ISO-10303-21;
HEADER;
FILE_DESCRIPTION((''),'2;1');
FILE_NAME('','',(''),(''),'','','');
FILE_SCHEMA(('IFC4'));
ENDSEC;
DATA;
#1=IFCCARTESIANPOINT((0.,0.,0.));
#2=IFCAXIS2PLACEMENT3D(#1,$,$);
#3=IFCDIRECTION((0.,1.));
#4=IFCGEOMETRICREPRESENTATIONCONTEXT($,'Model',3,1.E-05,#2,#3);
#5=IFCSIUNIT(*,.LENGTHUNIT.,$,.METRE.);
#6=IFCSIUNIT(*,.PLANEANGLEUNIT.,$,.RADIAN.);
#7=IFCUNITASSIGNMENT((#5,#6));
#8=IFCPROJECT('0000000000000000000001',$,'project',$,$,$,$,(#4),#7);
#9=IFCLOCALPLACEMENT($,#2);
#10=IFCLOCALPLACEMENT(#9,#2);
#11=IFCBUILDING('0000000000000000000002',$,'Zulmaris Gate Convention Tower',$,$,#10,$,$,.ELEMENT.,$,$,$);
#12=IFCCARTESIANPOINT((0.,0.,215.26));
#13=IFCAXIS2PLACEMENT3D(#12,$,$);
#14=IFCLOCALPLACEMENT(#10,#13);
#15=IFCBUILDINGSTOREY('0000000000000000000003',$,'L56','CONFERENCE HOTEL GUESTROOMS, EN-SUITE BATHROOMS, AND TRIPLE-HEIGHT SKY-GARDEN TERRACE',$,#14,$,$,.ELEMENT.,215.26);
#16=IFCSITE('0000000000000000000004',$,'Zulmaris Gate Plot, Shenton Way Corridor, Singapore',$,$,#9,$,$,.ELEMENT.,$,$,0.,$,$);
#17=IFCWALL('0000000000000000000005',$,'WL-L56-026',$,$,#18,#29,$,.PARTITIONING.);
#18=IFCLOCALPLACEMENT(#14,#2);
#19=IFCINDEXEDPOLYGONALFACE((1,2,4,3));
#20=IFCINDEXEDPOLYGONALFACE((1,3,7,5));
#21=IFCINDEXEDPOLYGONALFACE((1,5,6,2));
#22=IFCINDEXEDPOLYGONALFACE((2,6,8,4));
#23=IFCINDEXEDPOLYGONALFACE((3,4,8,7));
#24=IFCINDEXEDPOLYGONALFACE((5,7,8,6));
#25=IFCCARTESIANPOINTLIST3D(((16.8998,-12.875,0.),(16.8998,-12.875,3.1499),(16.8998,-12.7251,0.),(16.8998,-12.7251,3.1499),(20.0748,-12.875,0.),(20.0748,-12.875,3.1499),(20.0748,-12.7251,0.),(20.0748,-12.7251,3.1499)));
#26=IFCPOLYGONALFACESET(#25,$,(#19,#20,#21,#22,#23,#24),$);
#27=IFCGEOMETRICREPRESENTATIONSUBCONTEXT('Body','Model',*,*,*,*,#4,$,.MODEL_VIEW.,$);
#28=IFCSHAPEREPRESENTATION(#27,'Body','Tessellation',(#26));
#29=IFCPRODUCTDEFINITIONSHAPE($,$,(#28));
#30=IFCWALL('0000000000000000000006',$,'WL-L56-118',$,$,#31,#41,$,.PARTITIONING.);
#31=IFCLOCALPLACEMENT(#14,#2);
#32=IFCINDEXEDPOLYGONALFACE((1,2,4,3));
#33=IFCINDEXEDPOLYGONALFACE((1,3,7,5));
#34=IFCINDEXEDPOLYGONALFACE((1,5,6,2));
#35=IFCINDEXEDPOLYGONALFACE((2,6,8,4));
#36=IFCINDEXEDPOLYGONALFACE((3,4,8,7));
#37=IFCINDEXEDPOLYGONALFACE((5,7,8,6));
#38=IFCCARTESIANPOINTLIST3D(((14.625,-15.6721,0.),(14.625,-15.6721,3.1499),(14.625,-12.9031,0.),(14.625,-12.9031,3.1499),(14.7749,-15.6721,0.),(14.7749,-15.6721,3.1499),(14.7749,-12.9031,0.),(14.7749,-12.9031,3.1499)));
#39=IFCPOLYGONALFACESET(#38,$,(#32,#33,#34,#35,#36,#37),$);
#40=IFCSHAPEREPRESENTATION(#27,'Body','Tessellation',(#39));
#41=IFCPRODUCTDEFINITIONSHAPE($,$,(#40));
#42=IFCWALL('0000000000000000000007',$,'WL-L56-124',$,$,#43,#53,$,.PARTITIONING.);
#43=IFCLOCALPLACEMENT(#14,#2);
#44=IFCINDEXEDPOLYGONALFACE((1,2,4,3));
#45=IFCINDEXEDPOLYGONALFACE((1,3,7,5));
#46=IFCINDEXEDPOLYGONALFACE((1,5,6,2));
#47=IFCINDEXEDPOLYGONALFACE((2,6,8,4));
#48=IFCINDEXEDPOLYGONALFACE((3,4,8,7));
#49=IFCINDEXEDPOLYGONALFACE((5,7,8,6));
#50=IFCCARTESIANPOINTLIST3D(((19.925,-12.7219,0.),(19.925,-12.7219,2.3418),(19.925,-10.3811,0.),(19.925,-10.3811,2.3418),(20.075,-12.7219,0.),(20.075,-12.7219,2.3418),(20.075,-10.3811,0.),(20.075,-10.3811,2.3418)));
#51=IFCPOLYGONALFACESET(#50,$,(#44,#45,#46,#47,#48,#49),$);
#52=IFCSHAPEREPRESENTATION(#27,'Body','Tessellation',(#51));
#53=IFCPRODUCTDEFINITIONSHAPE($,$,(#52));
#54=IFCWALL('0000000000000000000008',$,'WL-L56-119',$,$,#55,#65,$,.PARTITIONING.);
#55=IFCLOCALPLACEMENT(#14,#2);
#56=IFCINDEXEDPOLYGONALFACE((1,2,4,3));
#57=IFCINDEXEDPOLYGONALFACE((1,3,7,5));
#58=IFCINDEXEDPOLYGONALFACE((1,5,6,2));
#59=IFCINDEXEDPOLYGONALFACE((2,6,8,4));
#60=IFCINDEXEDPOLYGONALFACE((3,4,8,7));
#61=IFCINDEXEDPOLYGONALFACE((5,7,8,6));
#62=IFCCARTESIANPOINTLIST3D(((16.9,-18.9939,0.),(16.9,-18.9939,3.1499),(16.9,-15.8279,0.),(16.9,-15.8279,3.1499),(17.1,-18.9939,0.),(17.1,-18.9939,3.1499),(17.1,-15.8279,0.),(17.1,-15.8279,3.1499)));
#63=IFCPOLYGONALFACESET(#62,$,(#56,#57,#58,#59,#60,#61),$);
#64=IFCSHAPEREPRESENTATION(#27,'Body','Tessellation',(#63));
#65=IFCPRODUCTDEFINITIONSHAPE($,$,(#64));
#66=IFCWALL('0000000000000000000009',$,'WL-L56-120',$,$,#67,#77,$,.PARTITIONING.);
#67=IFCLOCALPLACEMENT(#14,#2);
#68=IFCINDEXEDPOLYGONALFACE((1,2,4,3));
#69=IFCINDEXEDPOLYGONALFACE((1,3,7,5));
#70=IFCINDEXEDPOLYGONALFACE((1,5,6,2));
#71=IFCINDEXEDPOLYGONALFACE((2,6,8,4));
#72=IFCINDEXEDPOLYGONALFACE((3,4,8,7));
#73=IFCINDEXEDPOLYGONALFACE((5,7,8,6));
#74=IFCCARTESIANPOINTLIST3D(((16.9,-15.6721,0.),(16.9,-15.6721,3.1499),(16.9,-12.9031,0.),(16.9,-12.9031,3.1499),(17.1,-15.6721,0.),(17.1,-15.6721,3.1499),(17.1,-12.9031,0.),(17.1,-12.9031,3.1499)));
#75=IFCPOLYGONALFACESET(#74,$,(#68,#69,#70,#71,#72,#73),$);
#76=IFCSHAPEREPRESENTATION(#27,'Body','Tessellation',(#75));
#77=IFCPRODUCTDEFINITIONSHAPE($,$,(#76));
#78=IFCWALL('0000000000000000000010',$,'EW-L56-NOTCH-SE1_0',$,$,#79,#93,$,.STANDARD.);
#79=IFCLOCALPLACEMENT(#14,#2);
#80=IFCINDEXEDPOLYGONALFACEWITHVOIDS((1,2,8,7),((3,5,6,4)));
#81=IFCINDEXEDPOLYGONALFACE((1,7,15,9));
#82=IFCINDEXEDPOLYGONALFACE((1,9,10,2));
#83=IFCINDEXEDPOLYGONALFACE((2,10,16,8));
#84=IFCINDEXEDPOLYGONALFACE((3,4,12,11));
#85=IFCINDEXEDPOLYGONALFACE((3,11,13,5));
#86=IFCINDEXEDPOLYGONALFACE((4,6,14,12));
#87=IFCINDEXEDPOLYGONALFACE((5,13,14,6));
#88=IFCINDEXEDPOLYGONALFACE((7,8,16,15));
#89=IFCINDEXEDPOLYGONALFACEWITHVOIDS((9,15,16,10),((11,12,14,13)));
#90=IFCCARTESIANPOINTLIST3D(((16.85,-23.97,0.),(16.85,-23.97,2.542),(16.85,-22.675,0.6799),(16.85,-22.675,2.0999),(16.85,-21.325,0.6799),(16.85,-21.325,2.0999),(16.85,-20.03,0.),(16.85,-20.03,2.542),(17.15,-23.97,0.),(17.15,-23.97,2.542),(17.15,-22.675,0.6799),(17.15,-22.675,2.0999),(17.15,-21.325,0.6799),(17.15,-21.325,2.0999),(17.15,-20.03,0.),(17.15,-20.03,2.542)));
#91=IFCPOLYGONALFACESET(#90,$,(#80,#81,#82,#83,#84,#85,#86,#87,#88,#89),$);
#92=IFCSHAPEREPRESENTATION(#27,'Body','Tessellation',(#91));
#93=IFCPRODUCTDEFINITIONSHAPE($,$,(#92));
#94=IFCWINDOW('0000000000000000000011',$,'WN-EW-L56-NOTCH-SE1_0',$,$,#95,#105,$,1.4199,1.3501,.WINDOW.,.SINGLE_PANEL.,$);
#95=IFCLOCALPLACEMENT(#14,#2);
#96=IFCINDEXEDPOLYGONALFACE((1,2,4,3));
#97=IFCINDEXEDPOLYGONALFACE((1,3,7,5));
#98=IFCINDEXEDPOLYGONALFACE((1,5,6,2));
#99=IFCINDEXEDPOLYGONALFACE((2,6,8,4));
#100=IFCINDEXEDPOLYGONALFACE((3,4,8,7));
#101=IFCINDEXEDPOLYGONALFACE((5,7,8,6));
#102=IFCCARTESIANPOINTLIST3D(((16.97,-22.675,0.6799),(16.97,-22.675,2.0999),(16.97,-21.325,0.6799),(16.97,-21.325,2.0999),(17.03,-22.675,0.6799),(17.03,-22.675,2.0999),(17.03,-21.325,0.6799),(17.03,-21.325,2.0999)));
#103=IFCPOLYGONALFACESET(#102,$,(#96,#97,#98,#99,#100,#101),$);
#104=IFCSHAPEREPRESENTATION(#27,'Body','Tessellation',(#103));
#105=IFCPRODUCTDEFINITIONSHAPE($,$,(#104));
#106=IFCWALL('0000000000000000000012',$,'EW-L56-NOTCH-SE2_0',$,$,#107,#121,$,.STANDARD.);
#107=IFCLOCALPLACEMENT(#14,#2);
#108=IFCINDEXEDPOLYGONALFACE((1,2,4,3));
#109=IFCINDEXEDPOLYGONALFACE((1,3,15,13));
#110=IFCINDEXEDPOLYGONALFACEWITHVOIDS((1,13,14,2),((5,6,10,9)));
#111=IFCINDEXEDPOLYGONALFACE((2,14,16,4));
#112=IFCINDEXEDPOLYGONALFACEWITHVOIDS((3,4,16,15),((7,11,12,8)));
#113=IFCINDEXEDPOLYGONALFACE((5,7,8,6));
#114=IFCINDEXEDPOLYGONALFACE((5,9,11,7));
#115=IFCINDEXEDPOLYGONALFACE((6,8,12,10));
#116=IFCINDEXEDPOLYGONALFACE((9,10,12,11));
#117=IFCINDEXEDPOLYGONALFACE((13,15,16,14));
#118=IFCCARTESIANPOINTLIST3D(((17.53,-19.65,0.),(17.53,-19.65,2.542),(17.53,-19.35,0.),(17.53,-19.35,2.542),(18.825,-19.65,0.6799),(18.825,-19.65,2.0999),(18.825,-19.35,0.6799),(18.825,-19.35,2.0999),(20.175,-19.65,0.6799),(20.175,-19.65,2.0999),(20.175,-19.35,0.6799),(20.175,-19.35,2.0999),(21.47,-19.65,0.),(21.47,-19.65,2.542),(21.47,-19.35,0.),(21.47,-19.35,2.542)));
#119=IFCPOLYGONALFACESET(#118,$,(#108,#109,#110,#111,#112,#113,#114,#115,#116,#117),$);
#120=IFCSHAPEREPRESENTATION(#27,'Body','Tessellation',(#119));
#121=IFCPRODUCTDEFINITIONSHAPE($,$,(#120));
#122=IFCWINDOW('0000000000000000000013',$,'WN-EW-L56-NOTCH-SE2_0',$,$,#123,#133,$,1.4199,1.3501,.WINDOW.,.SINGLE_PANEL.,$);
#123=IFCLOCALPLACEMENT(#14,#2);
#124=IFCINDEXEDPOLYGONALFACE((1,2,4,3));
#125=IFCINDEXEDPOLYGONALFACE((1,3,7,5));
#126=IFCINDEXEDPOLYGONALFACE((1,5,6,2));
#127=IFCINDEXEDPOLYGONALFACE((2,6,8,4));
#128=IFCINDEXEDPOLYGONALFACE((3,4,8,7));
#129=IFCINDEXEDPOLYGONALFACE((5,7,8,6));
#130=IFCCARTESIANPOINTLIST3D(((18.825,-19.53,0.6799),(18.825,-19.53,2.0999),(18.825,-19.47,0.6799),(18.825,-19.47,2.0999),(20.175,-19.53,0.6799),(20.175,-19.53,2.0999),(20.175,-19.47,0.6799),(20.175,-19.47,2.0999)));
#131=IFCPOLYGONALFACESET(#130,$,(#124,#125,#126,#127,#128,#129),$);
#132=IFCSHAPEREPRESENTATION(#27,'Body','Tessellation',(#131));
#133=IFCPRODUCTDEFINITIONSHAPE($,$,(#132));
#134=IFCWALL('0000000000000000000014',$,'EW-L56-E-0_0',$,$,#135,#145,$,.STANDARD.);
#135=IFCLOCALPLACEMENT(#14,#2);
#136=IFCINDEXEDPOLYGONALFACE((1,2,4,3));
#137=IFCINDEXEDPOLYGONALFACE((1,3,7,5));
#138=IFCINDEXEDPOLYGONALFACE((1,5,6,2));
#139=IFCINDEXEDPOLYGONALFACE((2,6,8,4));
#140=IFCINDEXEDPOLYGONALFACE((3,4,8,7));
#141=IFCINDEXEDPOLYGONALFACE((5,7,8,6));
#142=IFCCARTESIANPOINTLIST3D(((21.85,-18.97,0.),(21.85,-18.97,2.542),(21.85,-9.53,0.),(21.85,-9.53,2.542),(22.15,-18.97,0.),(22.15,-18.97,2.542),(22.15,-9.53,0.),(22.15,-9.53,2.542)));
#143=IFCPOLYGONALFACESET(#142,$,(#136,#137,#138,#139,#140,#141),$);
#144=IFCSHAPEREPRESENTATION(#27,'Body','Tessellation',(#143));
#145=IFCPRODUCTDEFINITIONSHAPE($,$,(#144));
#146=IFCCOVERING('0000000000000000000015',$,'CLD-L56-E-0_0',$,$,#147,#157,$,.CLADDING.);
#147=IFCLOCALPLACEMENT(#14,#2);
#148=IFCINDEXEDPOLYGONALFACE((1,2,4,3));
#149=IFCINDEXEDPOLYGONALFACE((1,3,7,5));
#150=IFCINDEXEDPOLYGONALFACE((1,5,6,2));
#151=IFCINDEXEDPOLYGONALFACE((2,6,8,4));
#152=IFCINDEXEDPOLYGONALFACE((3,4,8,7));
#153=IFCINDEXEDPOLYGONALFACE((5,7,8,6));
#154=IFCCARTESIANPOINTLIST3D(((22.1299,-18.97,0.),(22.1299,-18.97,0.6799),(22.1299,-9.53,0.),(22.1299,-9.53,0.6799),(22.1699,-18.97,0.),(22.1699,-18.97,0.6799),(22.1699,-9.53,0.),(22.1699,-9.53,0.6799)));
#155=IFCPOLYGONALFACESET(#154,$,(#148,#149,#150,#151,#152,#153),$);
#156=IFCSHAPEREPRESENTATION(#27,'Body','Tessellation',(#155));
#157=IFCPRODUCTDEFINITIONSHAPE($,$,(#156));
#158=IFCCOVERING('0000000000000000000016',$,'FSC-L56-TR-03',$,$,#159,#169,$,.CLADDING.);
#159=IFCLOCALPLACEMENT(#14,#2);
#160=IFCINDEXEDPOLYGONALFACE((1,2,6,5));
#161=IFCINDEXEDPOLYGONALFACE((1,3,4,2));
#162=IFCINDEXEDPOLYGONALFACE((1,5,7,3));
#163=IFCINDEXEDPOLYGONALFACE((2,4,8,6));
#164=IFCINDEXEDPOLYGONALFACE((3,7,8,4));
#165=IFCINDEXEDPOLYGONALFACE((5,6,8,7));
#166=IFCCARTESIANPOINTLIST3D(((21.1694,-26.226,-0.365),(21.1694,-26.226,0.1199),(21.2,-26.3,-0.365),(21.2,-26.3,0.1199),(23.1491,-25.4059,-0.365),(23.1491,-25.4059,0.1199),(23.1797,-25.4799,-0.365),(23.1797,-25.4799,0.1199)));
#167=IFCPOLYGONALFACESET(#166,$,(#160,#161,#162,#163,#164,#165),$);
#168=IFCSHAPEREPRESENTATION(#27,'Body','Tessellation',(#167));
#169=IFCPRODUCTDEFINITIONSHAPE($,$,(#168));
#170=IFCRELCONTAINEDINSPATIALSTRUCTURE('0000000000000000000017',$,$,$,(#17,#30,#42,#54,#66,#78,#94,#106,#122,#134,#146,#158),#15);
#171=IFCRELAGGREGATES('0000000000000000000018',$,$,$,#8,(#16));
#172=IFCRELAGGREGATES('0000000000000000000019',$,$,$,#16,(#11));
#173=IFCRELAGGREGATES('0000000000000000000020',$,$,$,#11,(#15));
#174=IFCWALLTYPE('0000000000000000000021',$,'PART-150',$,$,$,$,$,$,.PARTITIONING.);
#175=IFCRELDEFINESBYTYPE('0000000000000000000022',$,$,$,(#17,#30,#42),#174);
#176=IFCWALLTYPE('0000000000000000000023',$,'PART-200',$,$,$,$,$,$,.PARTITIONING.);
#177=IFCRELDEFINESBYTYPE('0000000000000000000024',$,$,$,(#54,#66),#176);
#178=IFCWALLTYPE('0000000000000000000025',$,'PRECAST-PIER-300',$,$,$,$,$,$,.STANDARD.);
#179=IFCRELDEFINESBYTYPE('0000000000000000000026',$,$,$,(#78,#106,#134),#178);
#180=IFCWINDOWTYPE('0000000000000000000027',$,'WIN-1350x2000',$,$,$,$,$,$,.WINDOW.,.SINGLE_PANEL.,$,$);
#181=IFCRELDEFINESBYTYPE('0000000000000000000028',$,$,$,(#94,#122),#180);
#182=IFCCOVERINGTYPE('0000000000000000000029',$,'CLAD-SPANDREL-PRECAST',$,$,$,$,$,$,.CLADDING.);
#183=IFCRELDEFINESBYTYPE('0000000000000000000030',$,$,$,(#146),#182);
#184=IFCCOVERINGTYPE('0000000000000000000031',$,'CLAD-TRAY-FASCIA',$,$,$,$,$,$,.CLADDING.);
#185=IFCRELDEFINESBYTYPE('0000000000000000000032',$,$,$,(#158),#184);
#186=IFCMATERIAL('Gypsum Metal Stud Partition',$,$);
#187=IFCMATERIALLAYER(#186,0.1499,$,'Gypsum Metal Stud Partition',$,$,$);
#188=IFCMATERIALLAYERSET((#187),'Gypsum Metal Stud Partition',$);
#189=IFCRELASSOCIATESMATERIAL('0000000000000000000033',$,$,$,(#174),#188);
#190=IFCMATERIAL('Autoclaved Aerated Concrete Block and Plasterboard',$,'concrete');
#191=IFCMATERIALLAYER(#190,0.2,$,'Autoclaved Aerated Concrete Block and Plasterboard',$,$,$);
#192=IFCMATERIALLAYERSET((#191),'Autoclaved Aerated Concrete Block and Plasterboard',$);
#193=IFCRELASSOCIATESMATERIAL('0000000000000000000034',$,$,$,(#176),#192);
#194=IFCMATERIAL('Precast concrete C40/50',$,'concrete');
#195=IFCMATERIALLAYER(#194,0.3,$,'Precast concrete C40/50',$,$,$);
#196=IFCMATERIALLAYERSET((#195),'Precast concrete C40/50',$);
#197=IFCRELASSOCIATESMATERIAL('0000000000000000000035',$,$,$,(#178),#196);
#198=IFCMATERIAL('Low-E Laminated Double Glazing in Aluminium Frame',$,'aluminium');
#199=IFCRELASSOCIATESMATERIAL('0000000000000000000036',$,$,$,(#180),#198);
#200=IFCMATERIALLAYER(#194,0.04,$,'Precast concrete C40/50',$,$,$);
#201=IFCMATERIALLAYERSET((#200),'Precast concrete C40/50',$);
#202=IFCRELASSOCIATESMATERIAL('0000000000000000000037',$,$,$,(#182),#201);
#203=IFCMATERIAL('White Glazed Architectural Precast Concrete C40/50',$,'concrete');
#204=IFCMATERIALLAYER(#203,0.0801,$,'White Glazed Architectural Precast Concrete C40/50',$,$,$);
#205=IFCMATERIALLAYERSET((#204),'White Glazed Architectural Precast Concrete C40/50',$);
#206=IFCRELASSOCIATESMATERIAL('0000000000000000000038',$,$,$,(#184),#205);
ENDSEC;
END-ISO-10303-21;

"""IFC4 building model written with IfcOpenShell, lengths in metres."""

from ifc_helpers import new_model, si_unit, direction, frame, frame_2d, origin, place, context, subcontext, project, spatial, rectangle, extrude, material, layer, layer_set, type_object, element, fill, save


model = new_model("IFC4")

# Units and contexts
model_context = context("Model", 3, precision=1e-05, world=origin(), true_north=direction((0.0, 1.0)))
body_context = subcontext(model_context, "Body", "Model", "MODEL_VIEW")
ifc_project = project(units=[si_unit("LENGTHUNIT", "METRE"), si_unit("PLANEANGLEUNIT", "RADIAN")], contexts=[model_context])

# Site, building, storey
site_placement = place(None, origin())
site = spatial("IfcSite", under=ifc_project, at=site_placement, Name="Zulmaris Gate Plot, Shenton Way Corridor, Singapore", CompositionType="ELEMENT", RefElevation=0.0)
building_placement = place(site_placement, origin())
building = spatial("IfcBuilding", under=site, at=building_placement, Name="Zulmaris Gate Convention Tower", CompositionType="ELEMENT")
storey_placement = place(building_placement, frame((0.0, 0.0, 215.26)))
storey = spatial("IfcBuildingStorey", under=building, at=storey_placement, Name="L56", Description="CONFERENCE HOTEL GUESTROOMS, EN-SUITE BATHROOMS, AND TRIPLE-HEIGHT SKY-GARDEN TERRACE", CompositionType="ELEMENT", Elevation=215.26)

# Walls
ifc_material_1 = material(Name="Gypsum Metal Stud Partition")
ifc_layer_1 = layer(ifc_material_1, 0.1499, Name="Gypsum Metal Stud Partition")
ifc_layer_set_1 = layer_set([ifc_layer_1], Name="Gypsum Metal Stud Partition")
wall_type_1 = type_object("IfcWallType", Name="PART-150", PredefinedType="PARTITIONING", material=ifc_layer_set_1)
wall_1_placement = place(storey_placement, frame((16.8999, -12.8, 0.0), z_axis=(0.0, 0.0, 1.0), x_axis=(1.0, 0.0, 0.0)))
element("IfcWall", 1, at=wall_1_placement, inside=storey, type_object=wall_type_1, Name="WL-L56-026", PredefinedType="PARTITIONING", context=body_context, shape_type="SweptSolid", body=[
    extrude(rectangle(XDim=3.175, YDim=0.1499, at=frame_2d((1.5874, 0.0))), origin(), (0.0, 0.0, 1.0), 3.1499),
])
wall_2_placement = place(storey_placement, frame((14.7, -15.6721, 0.0), z_axis=(0.0, 0.0, 1.0), x_axis=(0.0, 1.0, 0.0)))
element("IfcWall", 2, at=wall_2_placement, inside=storey, type_object=wall_type_1, Name="WL-L56-118", PredefinedType="PARTITIONING", context=body_context, shape_type="SweptSolid", body=[
    extrude(rectangle(XDim=2.769, YDim=0.1499, at=frame_2d((1.3845, 0.0))), origin(), (0.0, 0.0, 1.0), 3.1499),
])
wall_3_placement = place(storey_placement, frame((20.0, -12.7219, 0.0), z_axis=(0.0, 0.0, 1.0), x_axis=(0.0, 1.0, 0.0)))
element("IfcWall", 3, at=wall_3_placement, inside=storey, type_object=wall_type_1, Name="WL-L56-124", PredefinedType="PARTITIONING", context=body_context, shape_type="SweptSolid", body=[
    extrude(rectangle(XDim=2.3408, YDim=0.1499, at=frame_2d((1.1704, 0.0))), origin(), (0.0, 0.0, 1.0), 2.3418),
])
ifc_material_2 = material(Name="Autoclaved Aerated Concrete Block and Plasterboard", Category="concrete")
ifc_layer_2 = layer(ifc_material_2, 0.2, Name="Autoclaved Aerated Concrete Block and Plasterboard")
ifc_layer_set_2 = layer_set([ifc_layer_2], Name="Autoclaved Aerated Concrete Block and Plasterboard")
wall_type_2 = type_object("IfcWallType", Name="PART-200", PredefinedType="PARTITIONING", material=ifc_layer_set_2)
wall_4_placement = place(storey_placement, frame((17.0, -18.9939, 0.0), z_axis=(0.0, 0.0, 1.0), x_axis=(0.0, 1.0, 0.0)))
element("IfcWall", 4, at=wall_4_placement, inside=storey, type_object=wall_type_2, Name="WL-L56-119", PredefinedType="PARTITIONING", context=body_context, shape_type="SweptSolid", body=[
    extrude(rectangle(XDim=3.166, YDim=0.2, at=frame_2d((1.583, 0.0))), origin(), (0.0, 0.0, 1.0), 3.1499),
])
wall_5_placement = place(storey_placement, frame((17.0, -15.6721, 0.0), z_axis=(0.0, 0.0, 1.0), x_axis=(0.0, 1.0, 0.0)))
element("IfcWall", 5, at=wall_5_placement, inside=storey, type_object=wall_type_2, Name="WL-L56-120", PredefinedType="PARTITIONING", context=body_context, shape_type="SweptSolid", body=[
    extrude(rectangle(XDim=2.769, YDim=0.2, at=frame_2d((1.3845, 0.0))), origin(), (0.0, 0.0, 1.0), 3.1499),
])

# Walls, openings, windows
ifc_material_3 = material(Name="Precast concrete C40/50", Category="concrete")
ifc_layer_3 = layer(ifc_material_3, 0.3, Name="Precast concrete C40/50")
ifc_layer_set_3 = layer_set([ifc_layer_3], Name="Precast concrete C40/50")
wall_type_3 = type_object("IfcWallType", Name="PRECAST-PIER-300", PredefinedType="STANDARD", material=ifc_layer_set_3)
wall_6_placement = place(storey_placement, frame((17.0, -23.97, 0.0), z_axis=(0.0, 0.0, 1.0), x_axis=(0.0, 1.0, 0.0)))
wall_6 = element("IfcWall", 6, at=wall_6_placement, inside=storey, type_object=wall_type_3, Name="EW-L56-NOTCH-SE1_0", PredefinedType="STANDARD", context=body_context, shape_type="SweptSolid", body=[
    extrude(rectangle(XDim=3.9399, YDim=0.3, at=frame_2d((1.97, 0.0))), origin(), (0.0, 0.0, 1.0), 2.542),
])
opening_1_placement = place(wall_6_placement, frame((1.2949, 0.0, 0.6799)))
opening_1 = element("IfcOpeningElement", 7, at=opening_1_placement, cuts=wall_6, PredefinedType="OPENING", context=body_context, shape_type="SweptSolid", body=[
    extrude(rectangle(XDim=1.3501, YDim=1.4199, at=frame_2d((0.675, 0.71))), frame((0.0, 0.1602, 0.0), z_axis=(0.0, -1.0, 0.0), x_axis=(1.0, 0.0, 0.0)), (0.0, 0.0, 1.0), 0.3201),
])
ifc_material_4 = material(Name="Low-E Laminated Double Glazing in Aluminium Frame", Category="aluminium")
window_type = type_object("IfcWindowType", Name="WIN-1350x2000", PartitioningType="SINGLE_PANEL", PredefinedType="WINDOW", material=ifc_material_4)
window_1_placement = place(opening_1_placement, origin())
window_1 = element("IfcWindow", 8, at=window_1_placement, inside=storey, type_object=window_type, Name="WN-EW-L56-NOTCH-SE1_0", OverallHeight=1.4199, OverallWidth=1.3501, PartitioningType="SINGLE_PANEL", PredefinedType="WINDOW", context=body_context, shape_type="SweptSolid", body=[
    extrude(rectangle(XDim=1.3501, YDim=1.4199, at=frame_2d((0.675, 0.71))), frame((0.0, 0.03, 0.0), z_axis=(0.0, -1.0, 0.0), x_axis=(1.0, 0.0, 0.0)), (0.0, 0.0, 1.0), 0.0601),
])
fill(opening_1, window_1)
wall_7_placement = place(storey_placement, frame((17.53, -19.5, 0.0), z_axis=(0.0, 0.0, 1.0), x_axis=(1.0, 0.0, 0.0)))
wall_7 = element("IfcWall", 9, at=wall_7_placement, inside=storey, type_object=wall_type_3, Name="EW-L56-NOTCH-SE2_0", PredefinedType="STANDARD", context=body_context, shape_type="SweptSolid", body=[
    extrude(rectangle(XDim=3.9399, YDim=0.3, at=frame_2d((1.97, 0.0))), origin(), (0.0, 0.0, 1.0), 2.542),
])
opening_2_placement = place(wall_7_placement, frame((1.2949, 0.0, 0.6799)))
opening_2 = element("IfcOpeningElement", 10, at=opening_2_placement, cuts=wall_7, PredefinedType="OPENING", context=body_context, shape_type="SweptSolid", body=[
    extrude(rectangle(XDim=1.3501, YDim=1.4199, at=frame_2d((0.675, 0.71))), frame((0.0, 0.1602, 0.0), z_axis=(0.0, -1.0, 0.0), x_axis=(1.0, 0.0, 0.0)), (0.0, 0.0, 1.0), 0.3201),
])
window_2_placement = place(opening_2_placement, origin())
window_2 = element("IfcWindow", 11, at=window_2_placement, inside=storey, type_object=window_type, Name="WN-EW-L56-NOTCH-SE2_0", OverallHeight=1.4199, OverallWidth=1.3501, PartitioningType="SINGLE_PANEL", PredefinedType="WINDOW", context=body_context, shape_type="SweptSolid", body=[
    extrude(rectangle(XDim=1.3501, YDim=1.4199, at=frame_2d((0.675, 0.71))), frame((0.0, 0.03, 0.0), z_axis=(0.0, -1.0, 0.0), x_axis=(1.0, 0.0, 0.0)), (0.0, 0.0, 1.0), 0.0601),
])
fill(opening_2, window_2)

# Wall
wall_8_placement = place(storey_placement, frame((22.0, -18.97, 0.0), z_axis=(0.0, 0.0, 1.0), x_axis=(0.0, 1.0, 0.0)))
element("IfcWall", 12, at=wall_8_placement, inside=storey, type_object=wall_type_3, Name="EW-L56-E-0_0", PredefinedType="STANDARD", context=body_context, shape_type="SweptSolid", body=[
    extrude(rectangle(XDim=9.4399, YDim=0.3, at=frame_2d((4.72, 0.0))), origin(), (0.0, 0.0, 1.0), 2.542),
])

# Coverings
ifc_layer_4 = layer(ifc_material_3, 0.04, Name="Precast concrete C40/50")
ifc_layer_set_4 = layer_set([ifc_layer_4], Name="Precast concrete C40/50")
covering_type_1 = type_object("IfcCoveringType", Name="CLAD-SPANDREL-PRECAST", PredefinedType="CLADDING", material=ifc_layer_set_4)
covering_1_placement = place(storey_placement, frame((22.1499, -18.97, 0.0), z_axis=(0.0, 0.0, 1.0), x_axis=(0.0, 1.0, 0.0)))
element("IfcCovering", 13, at=covering_1_placement, inside=storey, type_object=covering_type_1, Name="CLD-L56-E-0_0", PredefinedType="CLADDING", context=body_context, shape_type="SweptSolid", body=[
    extrude(rectangle(XDim=9.4399, YDim=0.04, at=frame_2d((4.72, 0.0))), origin(), (0.0, 0.0, 1.0), 0.6799),
])
ifc_material_5 = material(Name="White Glazed Architectural Precast Concrete C40/50", Category="concrete")
ifc_layer_5 = layer(ifc_material_5, 0.0801, Name="White Glazed Architectural Precast Concrete C40/50")
ifc_layer_set_5 = layer_set([ifc_layer_5], Name="White Glazed Architectural Precast Concrete C40/50")
covering_type_2 = type_object("IfcCoveringType", Name="CLAD-TRAY-FASCIA", PredefinedType="CLADDING", material=ifc_layer_set_5)
covering_2_placement = place(storey_placement, frame((21.1848, -26.2629, -0.365), z_axis=(0.0, 0.0, 1.0), x_axis=(0.923874, 0.382697, 0.0)))
element("IfcCovering", 14, at=covering_2_placement, inside=storey, type_object=covering_type_2, Name="FSC-L56-TR-03", PredefinedType="CLADDING", context=body_context, shape_type="SweptSolid", body=[
    extrude(rectangle(XDim=2.1428, YDim=0.0801, at=frame_2d((1.0713, 0.0))), origin(), (0.0, 0.0, 1.0), 0.4849),
])

save(model, "model.ifc")
